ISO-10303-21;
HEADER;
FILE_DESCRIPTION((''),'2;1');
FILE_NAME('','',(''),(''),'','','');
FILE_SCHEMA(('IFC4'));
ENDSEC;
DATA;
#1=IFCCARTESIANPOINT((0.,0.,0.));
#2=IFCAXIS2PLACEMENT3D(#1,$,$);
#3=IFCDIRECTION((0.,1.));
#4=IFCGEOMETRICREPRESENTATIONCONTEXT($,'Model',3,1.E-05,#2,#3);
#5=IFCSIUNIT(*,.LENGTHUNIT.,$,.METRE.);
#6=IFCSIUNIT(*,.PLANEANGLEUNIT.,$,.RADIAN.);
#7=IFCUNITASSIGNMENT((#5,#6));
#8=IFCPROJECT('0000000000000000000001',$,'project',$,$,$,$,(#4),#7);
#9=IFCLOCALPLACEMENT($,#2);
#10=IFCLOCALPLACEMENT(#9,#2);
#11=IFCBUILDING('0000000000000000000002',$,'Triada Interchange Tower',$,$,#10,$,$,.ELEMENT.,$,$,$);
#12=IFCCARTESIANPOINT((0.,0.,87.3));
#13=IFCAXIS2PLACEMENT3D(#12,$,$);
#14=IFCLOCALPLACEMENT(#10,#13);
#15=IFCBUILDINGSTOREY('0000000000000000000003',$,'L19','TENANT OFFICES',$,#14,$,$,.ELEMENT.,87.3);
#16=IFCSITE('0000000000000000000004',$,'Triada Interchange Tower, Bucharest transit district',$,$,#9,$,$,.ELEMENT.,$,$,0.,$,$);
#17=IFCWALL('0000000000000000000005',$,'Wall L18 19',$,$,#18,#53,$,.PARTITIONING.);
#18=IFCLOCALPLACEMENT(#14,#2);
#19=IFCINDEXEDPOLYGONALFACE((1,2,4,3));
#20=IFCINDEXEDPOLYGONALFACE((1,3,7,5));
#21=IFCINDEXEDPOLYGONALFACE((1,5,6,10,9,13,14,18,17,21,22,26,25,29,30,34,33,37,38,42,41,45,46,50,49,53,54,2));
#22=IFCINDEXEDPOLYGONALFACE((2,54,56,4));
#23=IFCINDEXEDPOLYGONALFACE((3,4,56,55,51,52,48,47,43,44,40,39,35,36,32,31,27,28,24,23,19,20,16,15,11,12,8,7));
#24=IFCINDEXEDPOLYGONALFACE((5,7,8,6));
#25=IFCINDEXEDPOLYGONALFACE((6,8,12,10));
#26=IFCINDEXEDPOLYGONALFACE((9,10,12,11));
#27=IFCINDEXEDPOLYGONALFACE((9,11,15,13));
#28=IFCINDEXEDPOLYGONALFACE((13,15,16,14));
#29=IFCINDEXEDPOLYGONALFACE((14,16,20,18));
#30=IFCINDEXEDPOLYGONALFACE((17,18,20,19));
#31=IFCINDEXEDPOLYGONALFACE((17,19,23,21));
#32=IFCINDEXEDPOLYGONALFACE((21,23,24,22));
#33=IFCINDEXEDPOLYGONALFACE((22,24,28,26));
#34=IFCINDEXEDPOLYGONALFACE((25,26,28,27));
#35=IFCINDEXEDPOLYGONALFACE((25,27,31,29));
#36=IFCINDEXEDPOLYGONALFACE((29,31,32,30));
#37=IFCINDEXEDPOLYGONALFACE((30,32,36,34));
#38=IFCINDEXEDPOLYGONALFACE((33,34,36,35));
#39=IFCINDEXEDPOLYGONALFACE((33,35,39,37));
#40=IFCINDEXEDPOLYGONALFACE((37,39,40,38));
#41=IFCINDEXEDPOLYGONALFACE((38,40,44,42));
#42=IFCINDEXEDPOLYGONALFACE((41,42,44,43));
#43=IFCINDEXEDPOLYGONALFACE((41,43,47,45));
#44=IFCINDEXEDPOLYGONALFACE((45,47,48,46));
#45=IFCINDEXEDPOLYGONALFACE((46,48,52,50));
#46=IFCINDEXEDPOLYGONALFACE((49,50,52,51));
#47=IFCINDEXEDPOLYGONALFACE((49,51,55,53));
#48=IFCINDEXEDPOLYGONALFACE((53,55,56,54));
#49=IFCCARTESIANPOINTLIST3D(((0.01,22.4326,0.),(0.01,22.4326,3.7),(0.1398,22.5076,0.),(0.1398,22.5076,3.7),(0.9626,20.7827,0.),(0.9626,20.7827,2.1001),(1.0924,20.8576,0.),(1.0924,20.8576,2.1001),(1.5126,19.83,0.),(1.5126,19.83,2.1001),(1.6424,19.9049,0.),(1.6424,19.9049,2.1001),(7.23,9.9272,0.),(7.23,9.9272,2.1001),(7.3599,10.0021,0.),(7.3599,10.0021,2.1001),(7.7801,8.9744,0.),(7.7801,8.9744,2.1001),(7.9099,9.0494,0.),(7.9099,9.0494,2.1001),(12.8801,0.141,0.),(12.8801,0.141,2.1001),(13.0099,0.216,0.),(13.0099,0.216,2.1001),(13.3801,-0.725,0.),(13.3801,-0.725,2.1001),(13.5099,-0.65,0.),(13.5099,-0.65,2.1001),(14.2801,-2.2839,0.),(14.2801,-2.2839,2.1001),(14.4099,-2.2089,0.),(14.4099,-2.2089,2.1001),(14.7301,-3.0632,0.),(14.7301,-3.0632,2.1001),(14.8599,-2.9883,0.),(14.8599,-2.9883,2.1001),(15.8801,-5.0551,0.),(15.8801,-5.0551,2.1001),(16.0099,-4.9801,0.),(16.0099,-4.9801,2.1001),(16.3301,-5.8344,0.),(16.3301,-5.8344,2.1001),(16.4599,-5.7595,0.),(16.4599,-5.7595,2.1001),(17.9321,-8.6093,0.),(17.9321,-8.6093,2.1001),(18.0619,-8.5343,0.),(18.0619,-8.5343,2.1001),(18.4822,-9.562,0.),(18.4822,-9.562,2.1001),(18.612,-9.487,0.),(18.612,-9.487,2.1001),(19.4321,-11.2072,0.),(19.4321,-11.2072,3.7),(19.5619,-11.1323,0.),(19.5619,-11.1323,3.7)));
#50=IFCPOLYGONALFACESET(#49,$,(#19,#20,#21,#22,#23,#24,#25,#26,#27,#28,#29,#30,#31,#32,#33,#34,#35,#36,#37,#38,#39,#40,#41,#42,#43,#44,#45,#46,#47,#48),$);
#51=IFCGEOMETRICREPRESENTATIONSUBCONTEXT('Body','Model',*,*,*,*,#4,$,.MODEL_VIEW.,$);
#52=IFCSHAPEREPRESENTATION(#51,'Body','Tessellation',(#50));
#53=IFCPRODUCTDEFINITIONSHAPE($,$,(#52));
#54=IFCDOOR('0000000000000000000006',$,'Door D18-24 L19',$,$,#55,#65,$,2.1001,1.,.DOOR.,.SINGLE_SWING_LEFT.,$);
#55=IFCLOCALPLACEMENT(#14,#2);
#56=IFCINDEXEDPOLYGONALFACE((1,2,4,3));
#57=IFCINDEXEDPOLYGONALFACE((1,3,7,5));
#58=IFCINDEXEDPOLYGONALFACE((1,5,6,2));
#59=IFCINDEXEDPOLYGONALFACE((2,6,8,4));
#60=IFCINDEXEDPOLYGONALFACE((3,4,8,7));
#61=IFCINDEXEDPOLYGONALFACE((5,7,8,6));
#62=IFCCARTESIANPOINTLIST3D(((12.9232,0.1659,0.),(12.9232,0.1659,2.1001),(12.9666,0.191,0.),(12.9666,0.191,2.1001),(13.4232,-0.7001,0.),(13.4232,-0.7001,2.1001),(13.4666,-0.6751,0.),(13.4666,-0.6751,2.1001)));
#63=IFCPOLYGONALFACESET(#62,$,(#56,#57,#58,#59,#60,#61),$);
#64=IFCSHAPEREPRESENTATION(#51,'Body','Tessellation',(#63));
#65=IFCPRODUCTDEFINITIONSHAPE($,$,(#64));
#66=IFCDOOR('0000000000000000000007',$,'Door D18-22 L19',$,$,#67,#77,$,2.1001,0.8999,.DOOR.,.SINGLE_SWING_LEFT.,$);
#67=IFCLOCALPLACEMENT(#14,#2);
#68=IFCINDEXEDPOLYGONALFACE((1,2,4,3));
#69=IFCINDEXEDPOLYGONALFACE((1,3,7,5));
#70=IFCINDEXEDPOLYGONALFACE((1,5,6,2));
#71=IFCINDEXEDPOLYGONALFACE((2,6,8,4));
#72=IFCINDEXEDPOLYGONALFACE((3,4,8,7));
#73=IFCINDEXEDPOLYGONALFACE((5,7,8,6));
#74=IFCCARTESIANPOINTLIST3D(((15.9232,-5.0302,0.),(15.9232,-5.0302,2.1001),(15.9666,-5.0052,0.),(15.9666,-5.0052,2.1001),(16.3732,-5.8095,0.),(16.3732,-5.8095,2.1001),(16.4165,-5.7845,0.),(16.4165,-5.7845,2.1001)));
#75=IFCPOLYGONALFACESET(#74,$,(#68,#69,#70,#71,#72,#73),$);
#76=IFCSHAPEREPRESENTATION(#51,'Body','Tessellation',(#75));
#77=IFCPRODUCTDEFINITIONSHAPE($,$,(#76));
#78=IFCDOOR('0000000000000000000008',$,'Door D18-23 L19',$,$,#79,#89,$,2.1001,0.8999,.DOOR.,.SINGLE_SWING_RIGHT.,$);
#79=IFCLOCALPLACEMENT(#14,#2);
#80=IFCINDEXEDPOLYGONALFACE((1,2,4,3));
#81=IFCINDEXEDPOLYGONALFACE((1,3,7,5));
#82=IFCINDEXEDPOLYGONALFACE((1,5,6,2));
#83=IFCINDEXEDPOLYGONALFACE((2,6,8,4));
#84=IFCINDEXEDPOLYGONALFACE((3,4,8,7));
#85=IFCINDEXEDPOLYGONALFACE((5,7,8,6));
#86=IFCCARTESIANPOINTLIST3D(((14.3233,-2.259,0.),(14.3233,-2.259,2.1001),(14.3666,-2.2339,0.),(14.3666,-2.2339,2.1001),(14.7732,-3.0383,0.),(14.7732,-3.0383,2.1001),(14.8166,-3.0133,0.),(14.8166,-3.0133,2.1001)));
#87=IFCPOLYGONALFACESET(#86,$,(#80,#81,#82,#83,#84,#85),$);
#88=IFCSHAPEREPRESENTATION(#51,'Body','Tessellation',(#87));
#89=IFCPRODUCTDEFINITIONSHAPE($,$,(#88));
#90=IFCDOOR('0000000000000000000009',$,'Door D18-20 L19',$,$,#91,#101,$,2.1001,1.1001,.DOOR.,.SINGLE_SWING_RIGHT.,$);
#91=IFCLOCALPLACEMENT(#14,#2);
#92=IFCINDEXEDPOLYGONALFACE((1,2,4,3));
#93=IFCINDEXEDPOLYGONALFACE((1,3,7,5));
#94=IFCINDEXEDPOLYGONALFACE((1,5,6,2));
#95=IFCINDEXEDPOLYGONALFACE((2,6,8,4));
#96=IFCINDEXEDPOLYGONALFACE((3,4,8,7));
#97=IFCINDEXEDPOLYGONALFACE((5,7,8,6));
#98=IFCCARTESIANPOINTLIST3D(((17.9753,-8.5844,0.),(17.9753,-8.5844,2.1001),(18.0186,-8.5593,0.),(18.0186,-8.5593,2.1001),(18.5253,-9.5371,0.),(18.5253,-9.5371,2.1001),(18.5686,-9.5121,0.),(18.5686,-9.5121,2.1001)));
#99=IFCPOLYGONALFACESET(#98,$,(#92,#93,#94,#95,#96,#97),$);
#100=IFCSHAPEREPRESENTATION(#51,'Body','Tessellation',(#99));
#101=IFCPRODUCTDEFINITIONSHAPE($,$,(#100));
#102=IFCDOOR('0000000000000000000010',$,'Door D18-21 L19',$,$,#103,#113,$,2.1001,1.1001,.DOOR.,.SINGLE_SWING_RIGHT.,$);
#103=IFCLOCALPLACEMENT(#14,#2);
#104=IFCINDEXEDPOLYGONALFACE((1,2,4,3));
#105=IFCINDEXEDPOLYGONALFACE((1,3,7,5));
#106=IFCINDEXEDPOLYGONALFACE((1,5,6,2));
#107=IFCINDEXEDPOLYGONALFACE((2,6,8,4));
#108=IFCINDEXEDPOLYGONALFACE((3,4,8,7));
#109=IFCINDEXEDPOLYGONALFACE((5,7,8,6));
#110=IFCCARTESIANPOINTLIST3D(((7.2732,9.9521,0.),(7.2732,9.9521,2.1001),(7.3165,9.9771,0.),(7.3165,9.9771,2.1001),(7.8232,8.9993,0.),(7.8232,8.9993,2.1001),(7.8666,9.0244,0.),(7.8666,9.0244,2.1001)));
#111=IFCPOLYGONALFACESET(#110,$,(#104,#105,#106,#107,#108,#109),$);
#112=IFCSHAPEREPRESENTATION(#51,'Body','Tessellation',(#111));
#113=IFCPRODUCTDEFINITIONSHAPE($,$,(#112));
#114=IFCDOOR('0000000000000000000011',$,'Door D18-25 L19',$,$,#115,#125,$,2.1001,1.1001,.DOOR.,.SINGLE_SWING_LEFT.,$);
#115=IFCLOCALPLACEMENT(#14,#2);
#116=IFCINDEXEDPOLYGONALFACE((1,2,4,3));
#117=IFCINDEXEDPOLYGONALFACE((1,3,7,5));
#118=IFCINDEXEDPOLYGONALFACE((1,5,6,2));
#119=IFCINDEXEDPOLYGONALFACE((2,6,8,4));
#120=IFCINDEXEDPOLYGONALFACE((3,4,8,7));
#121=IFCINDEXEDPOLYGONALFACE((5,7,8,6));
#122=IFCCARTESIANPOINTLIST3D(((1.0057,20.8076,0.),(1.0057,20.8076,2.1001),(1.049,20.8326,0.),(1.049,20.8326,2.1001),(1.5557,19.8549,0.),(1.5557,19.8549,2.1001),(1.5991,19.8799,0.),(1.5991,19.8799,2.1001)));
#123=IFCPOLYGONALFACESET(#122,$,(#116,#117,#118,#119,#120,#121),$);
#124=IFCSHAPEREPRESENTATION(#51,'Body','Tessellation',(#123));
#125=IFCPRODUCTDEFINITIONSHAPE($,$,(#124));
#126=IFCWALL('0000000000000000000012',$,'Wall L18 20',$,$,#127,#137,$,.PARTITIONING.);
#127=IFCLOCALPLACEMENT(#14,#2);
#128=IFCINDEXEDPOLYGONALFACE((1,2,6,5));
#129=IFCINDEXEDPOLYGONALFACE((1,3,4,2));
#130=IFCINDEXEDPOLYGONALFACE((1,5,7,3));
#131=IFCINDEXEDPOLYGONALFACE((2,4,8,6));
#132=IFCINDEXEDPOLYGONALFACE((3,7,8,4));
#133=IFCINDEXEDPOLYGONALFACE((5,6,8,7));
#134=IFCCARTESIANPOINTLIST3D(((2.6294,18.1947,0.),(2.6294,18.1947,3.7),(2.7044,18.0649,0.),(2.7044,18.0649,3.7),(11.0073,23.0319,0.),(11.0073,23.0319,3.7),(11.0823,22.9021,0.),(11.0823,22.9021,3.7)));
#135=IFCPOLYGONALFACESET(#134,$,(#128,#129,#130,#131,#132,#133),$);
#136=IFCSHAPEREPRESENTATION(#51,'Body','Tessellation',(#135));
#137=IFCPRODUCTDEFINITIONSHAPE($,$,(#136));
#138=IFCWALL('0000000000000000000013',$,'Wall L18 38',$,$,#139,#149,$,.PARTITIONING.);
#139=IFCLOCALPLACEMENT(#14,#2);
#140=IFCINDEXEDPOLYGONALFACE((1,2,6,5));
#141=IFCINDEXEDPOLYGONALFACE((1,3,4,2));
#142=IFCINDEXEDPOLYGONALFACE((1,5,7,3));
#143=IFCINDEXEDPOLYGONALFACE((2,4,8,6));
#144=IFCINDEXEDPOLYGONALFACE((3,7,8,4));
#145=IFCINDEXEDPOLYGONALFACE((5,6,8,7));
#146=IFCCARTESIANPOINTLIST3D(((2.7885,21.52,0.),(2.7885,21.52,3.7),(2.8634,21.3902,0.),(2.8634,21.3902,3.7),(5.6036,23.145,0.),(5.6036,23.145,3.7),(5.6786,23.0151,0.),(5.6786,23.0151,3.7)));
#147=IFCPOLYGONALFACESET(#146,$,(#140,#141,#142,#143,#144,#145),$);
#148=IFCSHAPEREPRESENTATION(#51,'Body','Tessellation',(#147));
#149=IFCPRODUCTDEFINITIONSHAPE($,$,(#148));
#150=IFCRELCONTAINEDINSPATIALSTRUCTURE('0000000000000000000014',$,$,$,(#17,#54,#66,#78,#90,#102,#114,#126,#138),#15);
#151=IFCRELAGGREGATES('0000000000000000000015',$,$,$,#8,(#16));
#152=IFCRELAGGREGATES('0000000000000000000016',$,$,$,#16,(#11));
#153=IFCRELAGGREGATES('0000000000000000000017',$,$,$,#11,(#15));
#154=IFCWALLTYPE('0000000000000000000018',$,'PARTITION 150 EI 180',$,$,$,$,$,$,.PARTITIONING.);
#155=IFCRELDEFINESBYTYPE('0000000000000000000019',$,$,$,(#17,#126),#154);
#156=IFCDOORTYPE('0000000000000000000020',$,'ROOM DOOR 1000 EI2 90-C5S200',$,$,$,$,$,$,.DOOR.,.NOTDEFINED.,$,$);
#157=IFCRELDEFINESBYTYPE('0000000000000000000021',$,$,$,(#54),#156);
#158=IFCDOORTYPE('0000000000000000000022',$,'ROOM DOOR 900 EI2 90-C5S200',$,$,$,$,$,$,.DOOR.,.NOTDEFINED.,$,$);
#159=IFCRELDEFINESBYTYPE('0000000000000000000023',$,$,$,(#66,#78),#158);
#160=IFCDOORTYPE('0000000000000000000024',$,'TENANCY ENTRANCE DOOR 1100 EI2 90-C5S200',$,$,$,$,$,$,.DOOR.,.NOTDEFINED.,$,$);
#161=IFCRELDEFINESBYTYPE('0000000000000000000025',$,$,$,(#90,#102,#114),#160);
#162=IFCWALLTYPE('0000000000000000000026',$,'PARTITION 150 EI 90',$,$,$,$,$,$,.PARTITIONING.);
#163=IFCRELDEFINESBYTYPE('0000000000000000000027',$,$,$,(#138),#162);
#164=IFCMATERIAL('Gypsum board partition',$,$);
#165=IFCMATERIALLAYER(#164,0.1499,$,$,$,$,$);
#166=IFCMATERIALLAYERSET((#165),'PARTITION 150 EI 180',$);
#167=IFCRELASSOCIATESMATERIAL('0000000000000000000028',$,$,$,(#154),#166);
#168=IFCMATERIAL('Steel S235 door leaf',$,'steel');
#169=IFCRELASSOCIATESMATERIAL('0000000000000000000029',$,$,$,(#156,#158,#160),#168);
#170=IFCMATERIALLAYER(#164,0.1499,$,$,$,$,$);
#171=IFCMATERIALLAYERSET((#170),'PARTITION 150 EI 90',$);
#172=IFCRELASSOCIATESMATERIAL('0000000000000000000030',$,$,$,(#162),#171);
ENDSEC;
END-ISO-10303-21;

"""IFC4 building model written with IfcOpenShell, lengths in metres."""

from ifc_helpers import new_model, si_unit, direction, frame, frame_2d, origin, place, context, subcontext, project, spatial, rectangle, extrude, material, layer, layer_set, type_object, element, fill, save


model = new_model("IFC4")

# Units and contexts
model_context = context("Model", 3, precision=1e-05, world=origin(), true_north=direction((0.0, 1.0)))
body_context = subcontext(model_context, "Body", "Model", "MODEL_VIEW")
ifc_project = project(units=[si_unit("LENGTHUNIT", "METRE"), si_unit("PLANEANGLEUNIT", "RADIAN")], contexts=[model_context])

# Site, building, storey
site_placement = place(None, origin())
site = spatial("IfcSite", under=ifc_project, at=site_placement, Name="Triada Interchange Tower, Bucharest transit district", CompositionType="ELEMENT", RefElevation=0.0)
building_placement = place(site_placement, origin())
building = spatial("IfcBuilding", under=site, at=building_placement, Name="Triada Interchange Tower", CompositionType="ELEMENT")
storey_placement = place(building_placement, frame((0.0, 0.0, 87.3)))
storey = spatial("IfcBuildingStorey", under=building, at=storey_placement, Name="L19", Description="TENANT OFFICES", CompositionType="ELEMENT", Elevation=87.3)

# Shared definitions
ifc_material_1 = material(Name="Steel S235 door leaf", Category="steel")

# Shared definitions
ifc_material_2 = material(Name="Gypsum board partition")
ifc_layer_1 = layer(ifc_material_2, 0.1499)
ifc_layer_set_1 = layer_set([ifc_layer_1], Name="PARTITION 150 EI 180")
wall_type_1 = type_object("IfcWallType", Name="PARTITION 150 EI 180", PredefinedType="PARTITIONING", material=ifc_layer_set_1)

# Wall, openings, doors
wall_1_placement = place(storey_placement, frame((0.075, 22.47, 0.0), z_axis=(0.0, 0.0, 1.0), x_axis=(0.500002, -0.866024, 0.0)))
wall_1 = element("IfcWall", 1, at=wall_1_placement, inside=storey, type_object=wall_type_1, Name="Wall L18 19", PredefinedType="PARTITIONING", context=body_context, shape_type="SweptSolid", body=[
    extrude(rectangle(XDim=38.844, YDim=0.1499, at=frame_2d((19.4219, 0.0))), origin(), (0.0, 0.0, 1.0), 3.7),
])
opening_1_placement = place(wall_1_placement, frame((35.844, 0.0, 0.0)))
opening_1 = element("IfcOpeningElement", 2, at=opening_1_placement, cuts=wall_1, PredefinedType="OPENING", context=body_context, shape_type="SweptSolid", body=[
    extrude(rectangle(XDim=1.1001, YDim=2.1001, at=frame_2d((0.55, 1.05))), frame((0.0, 0.085, 0.0), z_axis=(0.0, -1.0, 0.0), x_axis=(1.0, 0.0, 0.0)), (0.0, 0.0, 1.0), 0.1699),
])
opening_2_placement = place(wall_1_placement, frame((14.4399, 0.0, 0.0)))
opening_2 = element("IfcOpeningElement", 3, at=opening_2_placement, cuts=wall_1, PredefinedType="OPENING", context=body_context, shape_type="SweptSolid", body=[
    extrude(rectangle(XDim=1.1001, YDim=2.1001, at=frame_2d((0.55, 1.05))), frame((0.0, 0.085, 0.0), z_axis=(0.0, -1.0, 0.0), x_axis=(1.0, 0.0, 0.0)), (0.0, 0.0, 1.0), 0.1699),
])
opening_3_placement = place(wall_1_placement, frame((31.74, 0.0, 0.0)))
opening_3 = element("IfcOpeningElement", 4, at=opening_3_placement, cuts=wall_1, PredefinedType="OPENING", context=body_context, shape_type="SweptSolid", body=[
    extrude(rectangle(XDim=0.8999, YDim=2.1001, at=frame_2d((0.45, 1.05))), frame((0.0, 0.085, 0.0), z_axis=(0.0, -1.0, 0.0), x_axis=(1.0, 0.0, 0.0)), (0.0, 0.0, 1.0), 0.1699),
])
opening_4_placement = place(wall_1_placement, frame((28.54, 0.0, 0.0)))
opening_4 = element("IfcOpeningElement", 5, at=opening_4_placement, cuts=wall_1, PredefinedType="OPENING", context=body_context, shape_type="SweptSolid", body=[
    extrude(rectangle(XDim=0.8999, YDim=2.1001, at=frame_2d((0.45, 1.05))), frame((0.0, 0.085, 0.0), z_axis=(0.0, -1.0, 0.0), x_axis=(1.0, 0.0, 0.0)), (0.0, 0.0, 1.0), 0.1699),
])
opening_5_placement = place(wall_1_placement, frame((25.74, 0.0, 0.0)))
opening_5 = element("IfcOpeningElement", 6, at=opening_5_placement, cuts=wall_1, PredefinedType="OPENING", context=body_context, shape_type="SweptSolid", body=[
    extrude(rectangle(XDim=1.0, YDim=2.1001, at=frame_2d((0.5, 1.05))), frame((0.0, 0.085, 0.0), z_axis=(0.0, -1.0, 0.0), x_axis=(1.0, 0.0, 0.0)), (0.0, 0.0, 1.0), 0.1699),
])
opening_6_placement = place(wall_1_placement, frame((1.905, 0.0, 0.0)))
opening_6 = element("IfcOpeningElement", 7, at=opening_6_placement, cuts=wall_1, PredefinedType="OPENING", context=body_context, shape_type="SweptSolid", body=[
    extrude(rectangle(XDim=1.1001, YDim=2.1001, at=frame_2d((0.55, 1.05))), frame((0.0, 0.085, 0.0), z_axis=(0.0, -1.0, 0.0), x_axis=(1.0, 0.0, 0.0)), (0.0, 0.0, 1.0), 0.1699),
])
door_type_1 = type_object("IfcDoorType", Name="ROOM DOOR 1000 EI2 90-C5S200", OperationType="NOTDEFINED", PredefinedType="DOOR", material=ifc_material_1)
door_1_placement = place(opening_5_placement, origin())
door_1 = element("IfcDoor", 8, at=door_1_placement, inside=storey, type_object=door_type_1, Name="Door D18-24 L19", OperationType="SINGLE_SWING_LEFT", OverallHeight=2.1001, OverallWidth=1.0, PredefinedType="DOOR", context=body_context, shape_type="SweptSolid", body=[
    extrude(rectangle(XDim=1.0, YDim=2.1001, at=frame_2d((0.5, 1.05))), frame((0.0, 0.0249, 0.0), z_axis=(0.0, -1.0, 0.0), x_axis=(1.0, 0.0, 0.0)), (0.0, 0.0, 1.0), 0.05),
])
fill(opening_5, door_1)
door_type_2 = type_object("IfcDoorType", Name="ROOM DOOR 900 EI2 90-C5S200", OperationType="NOTDEFINED", PredefinedType="DOOR", material=ifc_material_1)
door_2_placement = place(opening_3_placement, origin())
door_2 = element("IfcDoor", 9, at=door_2_placement, inside=storey, type_object=door_type_2, Name="Door D18-22 L19", OperationType="SINGLE_SWING_LEFT", OverallHeight=2.1001, OverallWidth=0.8999, PredefinedType="DOOR", context=body_context, shape_type="SweptSolid", body=[
    extrude(rectangle(XDim=0.8999, YDim=2.1001, at=frame_2d((0.45, 1.05))), frame((0.0, 0.0249, 0.0), z_axis=(0.0, -1.0, 0.0), x_axis=(1.0, 0.0, 0.0)), (0.0, 0.0, 1.0), 0.05),
])
fill(opening_3, door_2)
door_3_placement = place(opening_4_placement, origin())
door_3 = element("IfcDoor", 10, at=door_3_placement, inside=storey, type_object=door_type_2, Name="Door D18-23 L19", OperationType="SINGLE_SWING_RIGHT", OverallHeight=2.1001, OverallWidth=0.8999, PredefinedType="DOOR", context=body_context, shape_type="SweptSolid", body=[
    extrude(rectangle(XDim=0.8999, YDim=2.1001, at=frame_2d((0.45, 1.05))), frame((0.0, 0.0249, 0.0), z_axis=(0.0, -1.0, 0.0), x_axis=(1.0, 0.0, 0.0)), (0.0, 0.0, 1.0), 0.05),
])
fill(opening_4, door_3)
door_type_3 = type_object("IfcDoorType", Name="TENANCY ENTRANCE DOOR 1100 EI2 90-C5S200", OperationType="NOTDEFINED", PredefinedType="DOOR", material=ifc_material_1)
door_4_placement = place(opening_1_placement, origin())
door_4 = element("IfcDoor", 11, at=door_4_placement, inside=storey, type_object=door_type_3, Name="Door D18-20 L19", OperationType="SINGLE_SWING_RIGHT", OverallHeight=2.1001, OverallWidth=1.1001, PredefinedType="DOOR", context=body_context, shape_type="SweptSolid", body=[
    extrude(rectangle(XDim=1.1001, YDim=2.1001, at=frame_2d((0.55, 1.05))), frame((0.0, 0.0249, 0.0), z_axis=(0.0, -1.0, 0.0), x_axis=(1.0, 0.0, 0.0)), (0.0, 0.0, 1.0), 0.05),
])
fill(opening_1, door_4)
door_5_placement = place(opening_2_placement, origin())
door_5 = element("IfcDoor", 12, at=door_5_placement, inside=storey, type_object=door_type_3, Name="Door D18-21 L19", OperationType="SINGLE_SWING_RIGHT", OverallHeight=2.1001, OverallWidth=1.1001, PredefinedType="DOOR", context=body_context, shape_type="SweptSolid", body=[
    extrude(rectangle(XDim=1.1001, YDim=2.1001, at=frame_2d((0.55, 1.05))), frame((0.0, 0.0249, 0.0), z_axis=(0.0, -1.0, 0.0), x_axis=(1.0, 0.0, 0.0)), (0.0, 0.0, 1.0), 0.05),
])
fill(opening_2, door_5)
door_6_placement = place(opening_6_placement, origin())
door_6 = element("IfcDoor", 13, at=door_6_placement, inside=storey, type_object=door_type_3, Name="Door D18-25 L19", OperationType="SINGLE_SWING_LEFT", OverallHeight=2.1001, OverallWidth=1.1001, PredefinedType="DOOR", context=body_context, shape_type="SweptSolid", body=[
    extrude(rectangle(XDim=1.1001, YDim=2.1001, at=frame_2d((0.55, 1.05))), frame((0.0, 0.0249, 0.0), z_axis=(0.0, -1.0, 0.0), x_axis=(1.0, 0.0, 0.0)), (0.0, 0.0, 1.0), 0.05),
])
fill(opening_6, door_6)

# Walls
wall_2_placement = place(storey_placement, frame((2.667, 18.1299, 0.0), z_axis=(0.0, 0.0, 1.0), x_axis=(0.866018, 0.500012, 0.0)))
element("IfcWall", 14, at=wall_2_placement, inside=storey, type_object=wall_type_1, Name="Wall L18 20", PredefinedType="PARTITIONING", context=body_context, shape_type="SweptSolid", body=[
    extrude(rectangle(XDim=9.6741, YDim=0.1499, at=frame_2d((4.8369, 0.0))), origin(), (0.0, 0.0, 1.0), 3.7),
])
ifc_layer_2 = layer(ifc_material_2, 0.1499)
ifc_layer_set_2 = layer_set([ifc_layer_2], Name="PARTITION 150 EI 90")
wall_type_2 = type_object("IfcWallType", Name="PARTITION 150 EI 90", PredefinedType="PARTITIONING", material=ifc_layer_set_2)
wall_3_placement = place(storey_placement, frame((2.8259, 21.4551, 0.0), z_axis=(0.0, 0.0, 1.0), x_axis=(0.866072, 0.49992, 0.0)))
element("IfcWall", 15, at=wall_3_placement, inside=storey, type_object=wall_type_2, Name="Wall L18 38", PredefinedType="PARTITIONING", context=body_context, shape_type="SweptSolid", body=[
    extrude(rectangle(XDim=3.2505, YDim=0.1499, at=frame_2d((1.6252, 0.0))), origin(), (0.0, 0.0, 1.0), 3.7),
])

save(model, "model.ifc")
